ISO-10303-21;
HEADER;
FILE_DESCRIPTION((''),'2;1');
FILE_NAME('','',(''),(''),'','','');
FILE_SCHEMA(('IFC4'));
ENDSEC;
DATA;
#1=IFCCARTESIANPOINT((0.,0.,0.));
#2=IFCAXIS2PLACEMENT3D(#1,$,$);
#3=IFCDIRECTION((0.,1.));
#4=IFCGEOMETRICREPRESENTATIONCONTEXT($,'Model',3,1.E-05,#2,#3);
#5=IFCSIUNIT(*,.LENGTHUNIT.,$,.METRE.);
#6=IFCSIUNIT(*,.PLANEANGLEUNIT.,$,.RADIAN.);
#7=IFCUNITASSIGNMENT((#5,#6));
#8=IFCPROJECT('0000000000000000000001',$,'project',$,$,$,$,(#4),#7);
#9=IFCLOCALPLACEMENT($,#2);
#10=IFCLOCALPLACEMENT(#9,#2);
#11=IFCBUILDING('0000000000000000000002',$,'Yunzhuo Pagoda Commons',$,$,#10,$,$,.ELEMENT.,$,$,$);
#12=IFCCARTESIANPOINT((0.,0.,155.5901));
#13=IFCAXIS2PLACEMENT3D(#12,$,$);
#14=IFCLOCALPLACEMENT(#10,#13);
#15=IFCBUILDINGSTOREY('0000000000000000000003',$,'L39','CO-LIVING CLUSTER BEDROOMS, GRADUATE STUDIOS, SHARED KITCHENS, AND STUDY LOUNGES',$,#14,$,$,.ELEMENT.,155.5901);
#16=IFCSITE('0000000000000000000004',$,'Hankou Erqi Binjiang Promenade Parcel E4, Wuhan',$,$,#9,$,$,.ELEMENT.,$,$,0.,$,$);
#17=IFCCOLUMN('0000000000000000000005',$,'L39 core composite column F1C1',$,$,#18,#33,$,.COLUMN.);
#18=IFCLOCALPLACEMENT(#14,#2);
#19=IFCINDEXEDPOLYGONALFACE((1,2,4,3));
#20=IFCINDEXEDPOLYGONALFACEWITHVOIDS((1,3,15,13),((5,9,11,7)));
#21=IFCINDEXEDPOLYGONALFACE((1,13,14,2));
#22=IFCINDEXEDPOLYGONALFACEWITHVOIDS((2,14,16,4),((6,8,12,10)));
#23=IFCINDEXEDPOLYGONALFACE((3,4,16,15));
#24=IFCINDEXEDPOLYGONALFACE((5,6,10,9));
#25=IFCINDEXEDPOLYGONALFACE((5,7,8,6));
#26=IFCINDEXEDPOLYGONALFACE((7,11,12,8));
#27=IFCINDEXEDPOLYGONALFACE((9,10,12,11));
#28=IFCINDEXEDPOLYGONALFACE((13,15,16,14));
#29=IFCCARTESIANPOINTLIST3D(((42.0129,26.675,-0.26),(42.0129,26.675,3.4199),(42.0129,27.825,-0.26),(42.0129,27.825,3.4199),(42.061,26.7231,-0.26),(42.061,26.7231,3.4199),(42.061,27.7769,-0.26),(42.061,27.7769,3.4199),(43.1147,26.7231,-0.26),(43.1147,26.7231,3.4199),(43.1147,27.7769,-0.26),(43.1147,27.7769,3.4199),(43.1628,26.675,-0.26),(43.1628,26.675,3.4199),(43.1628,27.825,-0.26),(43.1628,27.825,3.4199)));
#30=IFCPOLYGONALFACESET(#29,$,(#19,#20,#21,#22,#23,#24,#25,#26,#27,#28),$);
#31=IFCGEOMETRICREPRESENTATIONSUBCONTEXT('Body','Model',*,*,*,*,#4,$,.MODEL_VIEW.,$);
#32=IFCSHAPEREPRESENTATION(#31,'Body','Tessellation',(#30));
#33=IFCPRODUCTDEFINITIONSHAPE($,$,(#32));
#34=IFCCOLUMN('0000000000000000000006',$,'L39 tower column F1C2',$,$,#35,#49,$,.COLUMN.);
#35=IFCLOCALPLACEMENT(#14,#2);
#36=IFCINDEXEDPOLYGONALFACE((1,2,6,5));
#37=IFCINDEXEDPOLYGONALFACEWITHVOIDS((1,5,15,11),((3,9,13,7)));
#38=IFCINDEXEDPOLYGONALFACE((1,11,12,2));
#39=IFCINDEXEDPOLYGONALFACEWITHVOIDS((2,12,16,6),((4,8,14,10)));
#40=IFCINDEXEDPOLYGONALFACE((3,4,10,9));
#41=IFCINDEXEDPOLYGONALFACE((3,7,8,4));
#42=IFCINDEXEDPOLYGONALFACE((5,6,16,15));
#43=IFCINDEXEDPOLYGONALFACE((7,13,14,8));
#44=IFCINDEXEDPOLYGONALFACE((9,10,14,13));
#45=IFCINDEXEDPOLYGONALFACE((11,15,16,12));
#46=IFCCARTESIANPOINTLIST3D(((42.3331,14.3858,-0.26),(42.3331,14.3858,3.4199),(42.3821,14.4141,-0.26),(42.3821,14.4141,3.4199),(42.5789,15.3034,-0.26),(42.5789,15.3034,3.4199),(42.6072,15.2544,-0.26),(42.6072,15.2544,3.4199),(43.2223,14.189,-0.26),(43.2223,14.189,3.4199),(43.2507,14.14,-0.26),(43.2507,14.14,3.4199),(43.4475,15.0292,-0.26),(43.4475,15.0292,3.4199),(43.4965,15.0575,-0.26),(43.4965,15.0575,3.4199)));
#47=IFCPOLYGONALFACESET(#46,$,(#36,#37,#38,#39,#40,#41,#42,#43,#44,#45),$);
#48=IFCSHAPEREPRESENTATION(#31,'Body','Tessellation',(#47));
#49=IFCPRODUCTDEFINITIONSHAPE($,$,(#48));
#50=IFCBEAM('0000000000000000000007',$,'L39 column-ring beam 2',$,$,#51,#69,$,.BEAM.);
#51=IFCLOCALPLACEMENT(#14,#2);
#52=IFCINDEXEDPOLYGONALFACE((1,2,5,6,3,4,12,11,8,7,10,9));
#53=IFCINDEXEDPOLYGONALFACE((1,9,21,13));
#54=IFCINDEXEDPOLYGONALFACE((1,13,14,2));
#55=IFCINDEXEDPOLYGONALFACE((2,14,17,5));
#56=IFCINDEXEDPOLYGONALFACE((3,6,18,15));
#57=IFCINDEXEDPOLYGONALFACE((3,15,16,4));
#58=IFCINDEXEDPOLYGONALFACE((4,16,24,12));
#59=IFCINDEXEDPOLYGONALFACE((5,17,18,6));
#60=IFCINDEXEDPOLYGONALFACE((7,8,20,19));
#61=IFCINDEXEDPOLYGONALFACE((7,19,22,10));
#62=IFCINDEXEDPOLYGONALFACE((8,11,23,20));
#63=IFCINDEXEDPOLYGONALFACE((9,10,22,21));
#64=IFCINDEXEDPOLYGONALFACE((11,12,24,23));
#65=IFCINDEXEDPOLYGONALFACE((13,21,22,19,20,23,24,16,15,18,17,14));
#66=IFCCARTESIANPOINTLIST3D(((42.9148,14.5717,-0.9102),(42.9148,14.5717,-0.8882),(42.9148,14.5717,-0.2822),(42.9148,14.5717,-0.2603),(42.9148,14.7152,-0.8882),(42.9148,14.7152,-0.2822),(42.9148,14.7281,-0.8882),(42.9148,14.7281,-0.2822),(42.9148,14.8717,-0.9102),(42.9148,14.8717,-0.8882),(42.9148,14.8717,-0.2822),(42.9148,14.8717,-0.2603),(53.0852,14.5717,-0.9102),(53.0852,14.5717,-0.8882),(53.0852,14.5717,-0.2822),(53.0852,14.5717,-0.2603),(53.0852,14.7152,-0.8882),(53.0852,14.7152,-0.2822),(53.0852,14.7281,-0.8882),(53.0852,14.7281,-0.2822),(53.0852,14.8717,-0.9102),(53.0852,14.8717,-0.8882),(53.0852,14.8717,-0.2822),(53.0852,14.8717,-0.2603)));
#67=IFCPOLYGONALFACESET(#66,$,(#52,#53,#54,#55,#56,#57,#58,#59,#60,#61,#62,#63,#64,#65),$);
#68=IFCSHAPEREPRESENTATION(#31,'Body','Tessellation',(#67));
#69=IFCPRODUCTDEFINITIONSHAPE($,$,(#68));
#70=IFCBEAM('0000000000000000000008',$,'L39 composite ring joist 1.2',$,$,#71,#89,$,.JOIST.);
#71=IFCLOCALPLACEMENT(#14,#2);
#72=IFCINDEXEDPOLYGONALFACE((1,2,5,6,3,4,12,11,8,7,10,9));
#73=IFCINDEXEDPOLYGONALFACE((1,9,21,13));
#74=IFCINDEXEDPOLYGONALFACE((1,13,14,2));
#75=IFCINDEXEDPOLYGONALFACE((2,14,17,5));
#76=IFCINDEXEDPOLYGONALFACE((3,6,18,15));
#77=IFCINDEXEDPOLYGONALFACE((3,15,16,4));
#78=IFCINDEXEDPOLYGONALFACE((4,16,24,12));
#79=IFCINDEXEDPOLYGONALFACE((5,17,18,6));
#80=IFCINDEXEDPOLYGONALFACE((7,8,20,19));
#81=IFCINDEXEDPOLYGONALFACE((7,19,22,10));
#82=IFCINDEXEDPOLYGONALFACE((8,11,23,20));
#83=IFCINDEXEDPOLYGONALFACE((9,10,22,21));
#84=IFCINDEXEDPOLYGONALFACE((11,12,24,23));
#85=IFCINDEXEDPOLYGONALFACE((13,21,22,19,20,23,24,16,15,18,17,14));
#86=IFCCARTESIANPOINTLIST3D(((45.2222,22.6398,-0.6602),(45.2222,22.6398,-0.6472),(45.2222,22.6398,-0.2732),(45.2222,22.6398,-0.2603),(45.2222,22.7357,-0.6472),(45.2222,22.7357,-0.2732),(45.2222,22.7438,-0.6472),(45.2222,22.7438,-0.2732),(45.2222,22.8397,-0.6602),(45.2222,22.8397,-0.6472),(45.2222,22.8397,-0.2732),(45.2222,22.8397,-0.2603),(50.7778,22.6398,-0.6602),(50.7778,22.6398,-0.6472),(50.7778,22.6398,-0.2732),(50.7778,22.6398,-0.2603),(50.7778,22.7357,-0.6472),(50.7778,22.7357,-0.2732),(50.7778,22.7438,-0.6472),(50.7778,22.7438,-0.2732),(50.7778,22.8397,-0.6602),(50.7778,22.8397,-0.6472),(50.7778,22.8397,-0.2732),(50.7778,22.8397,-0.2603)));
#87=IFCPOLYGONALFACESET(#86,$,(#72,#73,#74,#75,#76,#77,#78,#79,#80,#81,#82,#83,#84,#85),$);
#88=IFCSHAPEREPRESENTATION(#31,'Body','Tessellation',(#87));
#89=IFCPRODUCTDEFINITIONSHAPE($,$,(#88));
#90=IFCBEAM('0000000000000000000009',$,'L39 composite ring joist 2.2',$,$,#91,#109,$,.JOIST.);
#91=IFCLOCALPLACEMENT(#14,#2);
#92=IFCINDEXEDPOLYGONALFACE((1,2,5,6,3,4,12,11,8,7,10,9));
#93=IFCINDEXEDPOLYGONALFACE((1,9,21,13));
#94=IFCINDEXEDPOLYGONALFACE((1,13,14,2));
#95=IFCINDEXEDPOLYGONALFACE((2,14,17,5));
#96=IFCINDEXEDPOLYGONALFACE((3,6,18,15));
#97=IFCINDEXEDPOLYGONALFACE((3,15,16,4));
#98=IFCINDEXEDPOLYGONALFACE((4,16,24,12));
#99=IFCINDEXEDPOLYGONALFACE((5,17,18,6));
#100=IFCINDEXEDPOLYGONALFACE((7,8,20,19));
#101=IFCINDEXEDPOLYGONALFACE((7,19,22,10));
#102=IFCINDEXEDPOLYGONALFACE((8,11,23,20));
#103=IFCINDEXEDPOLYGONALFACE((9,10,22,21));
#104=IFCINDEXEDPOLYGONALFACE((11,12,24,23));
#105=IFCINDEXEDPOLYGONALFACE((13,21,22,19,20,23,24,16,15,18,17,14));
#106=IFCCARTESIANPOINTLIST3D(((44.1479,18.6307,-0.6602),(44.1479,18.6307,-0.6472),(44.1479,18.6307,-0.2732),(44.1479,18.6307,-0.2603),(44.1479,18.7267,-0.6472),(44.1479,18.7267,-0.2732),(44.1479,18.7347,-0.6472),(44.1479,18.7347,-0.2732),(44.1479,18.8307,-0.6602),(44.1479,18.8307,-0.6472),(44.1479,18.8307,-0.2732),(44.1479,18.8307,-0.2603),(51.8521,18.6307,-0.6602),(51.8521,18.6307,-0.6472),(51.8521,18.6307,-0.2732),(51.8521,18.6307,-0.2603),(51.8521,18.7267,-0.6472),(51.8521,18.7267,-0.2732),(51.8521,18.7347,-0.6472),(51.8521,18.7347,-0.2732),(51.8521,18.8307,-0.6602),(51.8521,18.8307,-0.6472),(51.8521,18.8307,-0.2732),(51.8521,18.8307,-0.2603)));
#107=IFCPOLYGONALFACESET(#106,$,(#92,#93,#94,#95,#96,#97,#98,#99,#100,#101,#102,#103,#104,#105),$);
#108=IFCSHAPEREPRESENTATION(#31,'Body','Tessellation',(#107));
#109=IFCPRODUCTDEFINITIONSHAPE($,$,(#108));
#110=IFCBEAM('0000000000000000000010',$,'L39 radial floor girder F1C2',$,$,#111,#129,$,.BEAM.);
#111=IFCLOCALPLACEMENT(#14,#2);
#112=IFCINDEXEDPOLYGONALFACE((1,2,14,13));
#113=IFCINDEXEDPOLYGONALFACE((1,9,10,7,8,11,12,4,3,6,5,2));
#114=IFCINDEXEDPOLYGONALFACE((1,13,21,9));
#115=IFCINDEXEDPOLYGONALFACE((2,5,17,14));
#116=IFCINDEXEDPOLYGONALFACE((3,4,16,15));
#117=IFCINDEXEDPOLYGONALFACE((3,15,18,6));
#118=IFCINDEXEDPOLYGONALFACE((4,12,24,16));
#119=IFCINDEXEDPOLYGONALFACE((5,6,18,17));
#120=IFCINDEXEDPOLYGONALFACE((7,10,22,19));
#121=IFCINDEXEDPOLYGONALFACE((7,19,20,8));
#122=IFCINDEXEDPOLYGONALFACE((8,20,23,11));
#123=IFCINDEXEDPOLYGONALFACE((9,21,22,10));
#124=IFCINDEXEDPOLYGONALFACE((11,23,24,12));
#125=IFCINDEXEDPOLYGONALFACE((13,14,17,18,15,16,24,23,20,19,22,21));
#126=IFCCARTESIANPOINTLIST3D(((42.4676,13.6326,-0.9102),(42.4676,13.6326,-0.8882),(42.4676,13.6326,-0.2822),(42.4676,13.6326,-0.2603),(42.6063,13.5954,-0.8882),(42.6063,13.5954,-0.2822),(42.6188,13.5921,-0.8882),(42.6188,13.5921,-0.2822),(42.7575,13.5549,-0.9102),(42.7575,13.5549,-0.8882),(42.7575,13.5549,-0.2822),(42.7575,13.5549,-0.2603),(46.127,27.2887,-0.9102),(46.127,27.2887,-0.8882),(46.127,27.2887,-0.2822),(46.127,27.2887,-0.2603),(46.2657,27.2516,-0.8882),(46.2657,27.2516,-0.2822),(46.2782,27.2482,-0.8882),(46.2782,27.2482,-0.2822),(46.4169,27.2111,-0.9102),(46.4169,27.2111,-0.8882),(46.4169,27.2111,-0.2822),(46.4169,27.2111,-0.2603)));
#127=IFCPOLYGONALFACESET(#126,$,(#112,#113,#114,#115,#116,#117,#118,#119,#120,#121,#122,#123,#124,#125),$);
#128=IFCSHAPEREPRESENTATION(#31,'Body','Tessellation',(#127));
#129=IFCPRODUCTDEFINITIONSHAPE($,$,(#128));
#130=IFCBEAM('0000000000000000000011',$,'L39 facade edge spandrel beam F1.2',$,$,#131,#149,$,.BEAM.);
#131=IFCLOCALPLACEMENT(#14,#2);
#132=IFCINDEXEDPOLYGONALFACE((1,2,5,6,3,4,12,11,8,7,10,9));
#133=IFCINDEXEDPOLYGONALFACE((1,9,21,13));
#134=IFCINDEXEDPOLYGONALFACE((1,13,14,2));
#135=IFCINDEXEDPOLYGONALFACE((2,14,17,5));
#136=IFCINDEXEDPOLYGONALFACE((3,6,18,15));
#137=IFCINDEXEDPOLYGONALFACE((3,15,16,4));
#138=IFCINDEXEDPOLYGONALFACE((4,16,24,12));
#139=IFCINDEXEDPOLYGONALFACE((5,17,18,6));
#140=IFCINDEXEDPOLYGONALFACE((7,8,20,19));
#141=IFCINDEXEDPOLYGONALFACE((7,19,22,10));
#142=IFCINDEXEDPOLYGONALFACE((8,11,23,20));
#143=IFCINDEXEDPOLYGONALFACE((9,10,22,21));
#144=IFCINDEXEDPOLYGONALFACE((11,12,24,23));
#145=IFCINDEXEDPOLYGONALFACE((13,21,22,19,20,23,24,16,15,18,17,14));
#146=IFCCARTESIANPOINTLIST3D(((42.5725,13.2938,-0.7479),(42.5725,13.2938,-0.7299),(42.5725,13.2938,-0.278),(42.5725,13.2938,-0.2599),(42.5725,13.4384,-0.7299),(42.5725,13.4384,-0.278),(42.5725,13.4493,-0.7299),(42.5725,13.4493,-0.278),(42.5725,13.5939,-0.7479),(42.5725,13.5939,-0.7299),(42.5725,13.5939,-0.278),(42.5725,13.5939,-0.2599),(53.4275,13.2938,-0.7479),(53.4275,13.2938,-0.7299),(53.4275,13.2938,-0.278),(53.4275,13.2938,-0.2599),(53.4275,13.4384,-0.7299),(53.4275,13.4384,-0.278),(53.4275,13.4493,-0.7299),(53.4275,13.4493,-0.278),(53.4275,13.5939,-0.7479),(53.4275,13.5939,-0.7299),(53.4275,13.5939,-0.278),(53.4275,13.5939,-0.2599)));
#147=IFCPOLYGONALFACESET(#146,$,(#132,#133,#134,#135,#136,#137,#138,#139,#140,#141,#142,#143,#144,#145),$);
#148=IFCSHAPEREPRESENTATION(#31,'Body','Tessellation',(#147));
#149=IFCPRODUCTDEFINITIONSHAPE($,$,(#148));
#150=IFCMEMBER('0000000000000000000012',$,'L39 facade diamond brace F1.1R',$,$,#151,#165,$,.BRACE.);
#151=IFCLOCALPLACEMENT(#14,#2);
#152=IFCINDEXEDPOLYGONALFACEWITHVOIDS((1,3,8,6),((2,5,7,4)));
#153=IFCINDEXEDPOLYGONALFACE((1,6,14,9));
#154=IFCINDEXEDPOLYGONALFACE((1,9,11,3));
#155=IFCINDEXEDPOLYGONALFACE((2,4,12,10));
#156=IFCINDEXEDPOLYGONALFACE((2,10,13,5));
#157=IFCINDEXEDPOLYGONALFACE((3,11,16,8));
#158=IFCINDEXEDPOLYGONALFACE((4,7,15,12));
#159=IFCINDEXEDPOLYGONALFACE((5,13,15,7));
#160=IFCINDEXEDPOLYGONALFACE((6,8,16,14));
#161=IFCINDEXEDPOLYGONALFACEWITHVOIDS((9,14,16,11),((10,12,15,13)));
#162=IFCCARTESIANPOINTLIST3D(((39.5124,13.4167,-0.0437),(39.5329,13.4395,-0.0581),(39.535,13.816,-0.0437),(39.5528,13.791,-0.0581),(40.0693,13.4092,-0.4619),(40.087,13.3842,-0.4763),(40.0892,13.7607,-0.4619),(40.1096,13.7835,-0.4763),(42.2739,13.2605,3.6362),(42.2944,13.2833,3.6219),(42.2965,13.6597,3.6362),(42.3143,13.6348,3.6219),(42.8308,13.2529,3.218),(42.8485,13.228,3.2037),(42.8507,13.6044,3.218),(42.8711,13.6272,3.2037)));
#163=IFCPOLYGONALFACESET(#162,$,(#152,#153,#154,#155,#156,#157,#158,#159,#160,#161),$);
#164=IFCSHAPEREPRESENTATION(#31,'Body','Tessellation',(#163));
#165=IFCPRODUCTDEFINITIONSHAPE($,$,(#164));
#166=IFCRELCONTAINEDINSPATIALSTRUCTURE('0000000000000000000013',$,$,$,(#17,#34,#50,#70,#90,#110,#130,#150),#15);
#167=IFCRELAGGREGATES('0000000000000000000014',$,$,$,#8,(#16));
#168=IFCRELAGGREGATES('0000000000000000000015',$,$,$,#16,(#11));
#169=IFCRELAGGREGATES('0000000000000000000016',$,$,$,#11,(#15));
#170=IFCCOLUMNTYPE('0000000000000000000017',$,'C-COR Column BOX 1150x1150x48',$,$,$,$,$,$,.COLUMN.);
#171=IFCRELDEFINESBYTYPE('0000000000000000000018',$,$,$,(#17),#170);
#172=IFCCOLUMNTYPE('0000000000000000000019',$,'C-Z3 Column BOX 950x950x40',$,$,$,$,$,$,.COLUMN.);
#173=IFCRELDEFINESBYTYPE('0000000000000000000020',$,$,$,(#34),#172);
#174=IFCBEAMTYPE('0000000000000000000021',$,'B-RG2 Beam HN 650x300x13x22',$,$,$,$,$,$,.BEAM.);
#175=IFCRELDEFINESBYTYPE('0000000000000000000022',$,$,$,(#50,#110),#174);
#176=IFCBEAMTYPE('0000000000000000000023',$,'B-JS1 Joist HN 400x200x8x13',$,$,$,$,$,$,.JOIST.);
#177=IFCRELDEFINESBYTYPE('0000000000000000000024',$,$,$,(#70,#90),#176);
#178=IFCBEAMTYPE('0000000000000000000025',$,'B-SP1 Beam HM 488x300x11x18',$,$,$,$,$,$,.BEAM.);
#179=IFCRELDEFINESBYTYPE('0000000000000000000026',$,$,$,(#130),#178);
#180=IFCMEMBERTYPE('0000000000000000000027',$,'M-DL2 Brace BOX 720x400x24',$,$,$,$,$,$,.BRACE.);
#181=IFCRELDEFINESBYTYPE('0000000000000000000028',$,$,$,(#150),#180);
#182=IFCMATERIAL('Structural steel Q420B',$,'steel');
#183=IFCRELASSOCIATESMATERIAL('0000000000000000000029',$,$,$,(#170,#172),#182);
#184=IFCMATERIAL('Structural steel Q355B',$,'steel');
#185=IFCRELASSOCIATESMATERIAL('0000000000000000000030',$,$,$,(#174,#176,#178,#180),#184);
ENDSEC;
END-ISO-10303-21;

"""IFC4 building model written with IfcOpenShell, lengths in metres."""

from ifc_helpers import new_model, si_unit, direction, frame, origin, origin_2d, place, context, subcontext, project, spatial, hollow_rectangle, i_section, extrude, source, transform, mapped, material, material_profile, profile_set, type_object, element, save


model = new_model("IFC4")

# Units and contexts
model_context = context("Model", 3, precision=1e-05, world=origin(), true_north=direction((0.0, 1.0)))
body_context = subcontext(model_context, "Body", "Model", "MODEL_VIEW")
ifc_project = project(units=[si_unit("LENGTHUNIT", "METRE"), si_unit("PLANEANGLEUNIT", "RADIAN")], contexts=[model_context])

# Site, building, storey
site_placement = place(None, origin())
site = spatial("IfcSite", under=ifc_project, at=site_placement, Name="Hankou Erqi Binjiang Promenade Parcel E4, Wuhan", CompositionType="ELEMENT", RefElevation=0.0)
building_placement = place(site_placement, origin())
building = spatial("IfcBuilding", under=site, at=building_placement, Name="Yunzhuo Pagoda Commons", CompositionType="ELEMENT")
storey_placement = place(building_placement, frame((0.0, 0.0, 155.5901)))
storey = spatial("IfcBuildingStorey", under=building, at=storey_placement, Name="L39", Description="CO-LIVING CLUSTER BEDROOMS, GRADUATE STUDIOS, SHARED KITCHENS, AND STUDY LOUNGES", CompositionType="ELEMENT", Elevation=155.5901)

# Columns
ifc_material_1 = material(Name="Structural steel Q420B", Category="steel")
ifc_material_profile_1 = material_profile(ifc_material_1, hollow_rectangle(XDim=1.1499, YDim=1.1499, WallThickness=0.0481, at=origin_2d()), Name="Structural steel Q420B")
ifc_profile_set_1 = profile_set([ifc_material_profile_1], Name="Structural steel Q420B")
column_type_1 = type_object("IfcColumnType", Name="C-COR Column BOX 1150x1150x48", PredefinedType="COLUMN", material=ifc_profile_set_1)
shared_shape_1 = source(origin(), body_context, "Body", "SweptSolid", [
    extrude(hollow_rectangle(XDim=1.1499, YDim=1.1499, WallThickness=0.0481, at=origin_2d()), origin(), (0.0, 0.0, 1.0), 3.6799),
])
column_1_placement = place(storey_placement, frame((42.5879, 27.25, -0.26), z_axis=(0.0, 0.0, 1.0), x_axis=(1.0, 0.0, 0.0)))
element("IfcColumn", 1, at=column_1_placement, inside=storey, type_object=column_type_1, Name="L39 core composite column F1C1", PredefinedType="COLUMN", context=body_context, shape_type="MappedRepresentation", body=[
    mapped(shared_shape_1, transform((0.0, 0.0, 0.0), scale=1.0)),
])
ifc_material_profile_2 = material_profile(ifc_material_1, hollow_rectangle(XDim=0.95, YDim=0.95, WallThickness=0.04, at=origin_2d()), Name="Structural steel Q420B")
ifc_profile_set_2 = profile_set([ifc_material_profile_2], Name="Structural steel Q420B")
column_type_2 = type_object("IfcColumnType", Name="C-Z3 Column BOX 950x950x40", PredefinedType="COLUMN", material=ifc_profile_set_2)
shared_shape_2 = source(origin(), body_context, "Body", "SweptSolid", [
    extrude(hollow_rectangle(XDim=0.95, YDim=0.95, WallThickness=0.04, at=origin_2d()), origin(), (0.0, 0.0, 1.0), 3.6799),
])
column_2_placement = place(storey_placement, frame((42.9148, 14.7217, -0.26), z_axis=(0.0, 0.0, 1.0), x_axis=(0.965926, -0.258819, 0.0)))
element("IfcColumn", 2, at=column_2_placement, inside=storey, type_object=column_type_2, Name="L39 tower column F1C2", PredefinedType="COLUMN", context=body_context, shape_type="MappedRepresentation", body=[
    mapped(shared_shape_2, transform((0.0, 0.0, 0.0), scale=1.0)),
])

# Beams
ifc_material_2 = material(Name="Structural steel Q355B", Category="steel")
ifc_material_profile_3 = material_profile(ifc_material_2, i_section(OverallWidth=0.3, OverallDepth=0.6499, WebThickness=0.0129, FlangeThickness=0.022, at=origin_2d()), Name="Structural steel Q355B")
ifc_profile_set_3 = profile_set([ifc_material_profile_3], Name="Structural steel Q355B")
beam_type_1 = type_object("IfcBeamType", Name="B-RG2 Beam HN 650x300x13x22", PredefinedType="BEAM", material=ifc_profile_set_3)
shared_shape_3 = source(origin(), body_context, "Body", "SweptSolid", [
    extrude(i_section(OverallWidth=0.3, OverallDepth=0.6499, WebThickness=0.0129, FlangeThickness=0.022, at=origin_2d()), origin(), (0.0, 0.0, 1.0), 10.1704),
])
beam_1_placement = place(storey_placement, frame((42.9148, 14.7217, -0.5852), z_axis=(1.0, 0.0, 0.0), x_axis=(0.0, 1.0, 0.0)))
element("IfcBeam", 3, at=beam_1_placement, inside=storey, type_object=beam_type_1, Name="L39 column-ring beam 2", PredefinedType="BEAM", context=body_context, shape_type="MappedRepresentation", body=[
    mapped(shared_shape_3, transform((0.0, 0.0, 0.0), scale=1.0)),
])
ifc_material_profile_4 = material_profile(ifc_material_2, i_section(OverallWidth=0.2, OverallDepth=0.3999, WebThickness=0.0081, FlangeThickness=0.0129, at=origin_2d()), Name="Structural steel Q355B")
ifc_profile_set_4 = profile_set([ifc_material_profile_4], Name="Structural steel Q355B")
beam_type_2 = type_object("IfcBeamType", Name="B-JS1 Joist HN 400x200x8x13", PredefinedType="JOIST", material=ifc_profile_set_4)
shared_shape_4 = source(origin(), body_context, "Body", "SweptSolid", [
    extrude(i_section(OverallWidth=0.2, OverallDepth=0.3999, WebThickness=0.0081, FlangeThickness=0.0129, at=origin_2d()), origin(), (0.0, 0.0, 1.0), 5.5557),
])
beam_2_placement = place(storey_placement, frame((45.2222, 22.7397, -0.4602), z_axis=(1.0, 0.0, 0.0), x_axis=(0.0, 1.0, 0.0)))
element("IfcBeam", 4, at=beam_2_placement, inside=storey, type_object=beam_type_2, Name="L39 composite ring joist 1.2", PredefinedType="JOIST", context=body_context, shape_type="MappedRepresentation", body=[
    mapped(shared_shape_4, transform((0.0, 0.0, 0.0), scale=1.0)),
])
shared_shape_5 = source(origin(), body_context, "Body", "SweptSolid", [
    extrude(i_section(OverallWidth=0.2, OverallDepth=0.3999, WebThickness=0.0081, FlangeThickness=0.0129, at=origin_2d()), origin(), (0.0, 0.0, 1.0), 7.7041),
])
beam_3_placement = place(storey_placement, frame((44.1479, 18.7307, -0.4602), z_axis=(1.0, 0.0, 0.0), x_axis=(0.0, 1.0, 0.0)))
element("IfcBeam", 5, at=beam_3_placement, inside=storey, type_object=beam_type_2, Name="L39 composite ring joist 2.2", PredefinedType="JOIST", context=body_context, shape_type="MappedRepresentation", body=[
    mapped(shared_shape_5, transform((0.0, 0.0, 0.0), scale=1.0)),
])
shared_shape_6 = source(origin(), body_context, "Body", "SweptSolid", [
    extrude(i_section(OverallWidth=0.3, OverallDepth=0.6499, WebThickness=0.0129, FlangeThickness=0.022, at=origin_2d()), origin(), (0.0, 0.0, 1.0), 14.1379),
])
beam_4_placement = place(storey_placement, frame((42.6125, 13.5938, -0.5852), z_axis=(0.258835, 0.965922, 0.0), x_axis=(-0.965922, 0.258835, 0.0)))
element("IfcBeam", 6, at=beam_4_placement, inside=storey, type_object=beam_type_1, Name="L39 radial floor girder F1C2", PredefinedType="BEAM", context=body_context, shape_type="MappedRepresentation", body=[
    mapped(shared_shape_6, transform((0.0, 0.0, 0.0), scale=1.0)),
])
ifc_material_profile_5 = material_profile(ifc_material_2, i_section(OverallWidth=0.3, OverallDepth=0.488, WebThickness=0.011, FlangeThickness=0.0181, at=origin_2d()), Name="Structural steel Q355B")
ifc_profile_set_5 = profile_set([ifc_material_profile_5], Name="Structural steel Q355B")
beam_type_3 = type_object("IfcBeamType", Name="B-SP1 Beam HM 488x300x11x18", PredefinedType="BEAM", material=ifc_profile_set_5)
shared_shape_7 = source(origin(), body_context, "Body", "SweptSolid", [
    extrude(i_section(OverallWidth=0.3, OverallDepth=0.488, WebThickness=0.011, FlangeThickness=0.0181, at=origin_2d()), origin(), (0.0, 0.0, 1.0), 10.855),
])
beam_5_placement = place(storey_placement, frame((42.5725, 13.4438, -0.5039), z_axis=(1.0, 0.0, 0.0), x_axis=(0.0, 1.0, 0.0)))
element("IfcBeam", 7, at=beam_5_placement, inside=storey, type_object=beam_type_3, Name="L39 facade edge spandrel beam F1.2", PredefinedType="BEAM", context=body_context, shape_type="MappedRepresentation", body=[
    mapped(shared_shape_7, transform((0.0, 0.0, 0.0), scale=1.0)),
])

# Member
ifc_material_profile_6 = material_profile(ifc_material_2, hollow_rectangle(XDim=0.3999, YDim=0.72, WallThickness=0.0239, at=origin_2d()), Name="Structural steel Q355B")
ifc_profile_set_6 = profile_set([ifc_material_profile_6], Name="Structural steel Q355B")
member_type_1 = type_object("IfcMemberType", Name="M-DL2 Brace BOX 720x400x24", PredefinedType="BRACE", material=ifc_profile_set_6)
shared_shape_8 = source(origin(), body_context, "Body", "SweptSolid", [
    extrude(hollow_rectangle(XDim=0.3999, YDim=0.72, WallThickness=0.0239, at=origin_2d()), origin(), (0.0, 0.0, 1.0), 4.6035),
])
member_1_placement = place(storey_placement, frame((39.811, 13.6001, -0.26), z_axis=(0.599866, -0.033942, 0.79938), x_axis=(0.056492, 0.998403, 0.0)))
element("IfcMember", 8, at=member_1_placement, inside=storey, type_object=member_type_1, Name="L39 facade diamond brace F1.1R", PredefinedType="BRACE", context=body_context, shape_type="MappedRepresentation", body=[
    mapped(shared_shape_8, transform((0.0, 0.0, 0.0), scale=1.0)),
])

save(model, "model.ifc")
